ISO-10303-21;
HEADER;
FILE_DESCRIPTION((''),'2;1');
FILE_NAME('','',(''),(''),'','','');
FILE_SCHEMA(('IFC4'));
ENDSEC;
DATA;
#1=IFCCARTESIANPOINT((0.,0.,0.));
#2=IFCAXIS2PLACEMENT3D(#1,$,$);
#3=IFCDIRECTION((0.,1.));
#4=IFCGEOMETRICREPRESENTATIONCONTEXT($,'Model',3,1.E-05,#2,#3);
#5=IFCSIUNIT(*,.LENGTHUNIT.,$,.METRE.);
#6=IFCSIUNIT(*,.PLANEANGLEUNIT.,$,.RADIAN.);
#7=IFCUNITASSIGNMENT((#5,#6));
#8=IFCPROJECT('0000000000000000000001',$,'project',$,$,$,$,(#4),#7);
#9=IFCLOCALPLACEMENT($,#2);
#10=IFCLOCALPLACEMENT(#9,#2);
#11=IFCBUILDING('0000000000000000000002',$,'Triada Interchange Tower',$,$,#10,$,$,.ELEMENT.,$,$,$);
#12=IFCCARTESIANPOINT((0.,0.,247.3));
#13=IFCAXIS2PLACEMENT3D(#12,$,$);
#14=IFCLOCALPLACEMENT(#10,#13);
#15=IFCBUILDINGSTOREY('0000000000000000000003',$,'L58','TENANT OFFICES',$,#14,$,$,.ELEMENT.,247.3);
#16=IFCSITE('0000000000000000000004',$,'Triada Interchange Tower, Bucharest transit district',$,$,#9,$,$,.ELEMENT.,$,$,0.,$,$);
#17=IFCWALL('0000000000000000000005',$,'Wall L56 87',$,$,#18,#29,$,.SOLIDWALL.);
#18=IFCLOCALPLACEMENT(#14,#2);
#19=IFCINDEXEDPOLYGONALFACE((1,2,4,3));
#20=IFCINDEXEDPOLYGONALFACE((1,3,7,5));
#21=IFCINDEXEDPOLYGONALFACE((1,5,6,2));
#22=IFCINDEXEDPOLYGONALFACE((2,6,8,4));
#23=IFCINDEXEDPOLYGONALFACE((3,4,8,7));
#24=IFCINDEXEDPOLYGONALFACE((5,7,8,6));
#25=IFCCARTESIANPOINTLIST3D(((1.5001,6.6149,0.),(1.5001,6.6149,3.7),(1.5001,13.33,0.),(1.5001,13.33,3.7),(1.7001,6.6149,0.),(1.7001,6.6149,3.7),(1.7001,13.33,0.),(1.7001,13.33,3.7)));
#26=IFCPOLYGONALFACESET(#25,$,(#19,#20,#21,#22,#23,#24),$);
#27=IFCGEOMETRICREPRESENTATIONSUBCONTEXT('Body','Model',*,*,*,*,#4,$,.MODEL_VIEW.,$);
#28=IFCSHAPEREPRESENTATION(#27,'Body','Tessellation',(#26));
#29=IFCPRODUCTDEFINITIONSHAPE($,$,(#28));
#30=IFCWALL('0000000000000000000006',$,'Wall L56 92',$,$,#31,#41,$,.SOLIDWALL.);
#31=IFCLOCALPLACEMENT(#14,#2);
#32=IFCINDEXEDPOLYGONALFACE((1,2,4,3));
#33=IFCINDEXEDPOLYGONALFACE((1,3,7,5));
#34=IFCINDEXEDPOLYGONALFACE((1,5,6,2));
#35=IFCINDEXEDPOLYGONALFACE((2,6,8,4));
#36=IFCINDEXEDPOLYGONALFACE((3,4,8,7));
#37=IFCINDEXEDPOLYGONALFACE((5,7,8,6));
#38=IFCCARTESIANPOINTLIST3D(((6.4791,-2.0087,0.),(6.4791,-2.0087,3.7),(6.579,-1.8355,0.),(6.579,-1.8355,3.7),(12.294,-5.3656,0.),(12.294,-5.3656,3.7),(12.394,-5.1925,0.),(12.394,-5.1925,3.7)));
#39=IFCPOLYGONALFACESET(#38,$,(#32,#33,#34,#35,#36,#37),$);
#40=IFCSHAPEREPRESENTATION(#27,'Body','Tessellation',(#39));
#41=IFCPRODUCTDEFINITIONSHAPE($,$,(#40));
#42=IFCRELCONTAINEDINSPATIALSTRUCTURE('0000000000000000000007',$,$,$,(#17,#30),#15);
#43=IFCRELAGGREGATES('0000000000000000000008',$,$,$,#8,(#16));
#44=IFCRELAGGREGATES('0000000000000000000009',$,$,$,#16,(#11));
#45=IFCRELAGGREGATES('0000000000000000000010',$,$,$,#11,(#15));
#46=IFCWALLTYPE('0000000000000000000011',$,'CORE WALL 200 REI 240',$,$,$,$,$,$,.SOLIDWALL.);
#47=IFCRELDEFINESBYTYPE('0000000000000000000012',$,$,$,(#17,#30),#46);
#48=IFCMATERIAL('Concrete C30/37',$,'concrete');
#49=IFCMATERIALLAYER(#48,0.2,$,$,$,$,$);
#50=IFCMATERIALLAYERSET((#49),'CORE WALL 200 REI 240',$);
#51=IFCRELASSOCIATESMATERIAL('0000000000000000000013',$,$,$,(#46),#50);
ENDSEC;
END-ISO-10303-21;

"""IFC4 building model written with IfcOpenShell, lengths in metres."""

from ifc_helpers import new_model, si_unit, direction, frame, frame_2d, origin, place, context, subcontext, project, spatial, rectangle, extrude, material, layer, layer_set, type_object, element, save


model = new_model("IFC4")

# Units and contexts
model_context = context("Model", 3, precision=1e-05, world=origin(), true_north=direction((0.0, 1.0)))
body_context = subcontext(model_context, "Body", "Model", "MODEL_VIEW")
ifc_project = project(units=[si_unit("LENGTHUNIT", "METRE"), si_unit("PLANEANGLEUNIT", "RADIAN")], contexts=[model_context])

# Site, building, storey
site_placement = place(None, origin())
site = spatial("IfcSite", under=ifc_project, at=site_placement, Name="Triada Interchange Tower, Bucharest transit district", CompositionType="ELEMENT", RefElevation=0.0)
building_placement = place(site_placement, origin())
building = spatial("IfcBuilding", under=site, at=building_placement, Name="Triada Interchange Tower", CompositionType="ELEMENT")
storey_placement = place(building_placement, frame((0.0, 0.0, 247.3)))
storey = spatial("IfcBuildingStorey", under=building, at=storey_placement, Name="L58", Description="TENANT OFFICES", CompositionType="ELEMENT", Elevation=247.3)

# Shared definitions
ifc_material_1 = material(Name="Concrete C30/37", Category="concrete")

# Walls
ifc_layer_1 = layer(ifc_material_1, 0.2)
ifc_layer_set_1 = layer_set([ifc_layer_1], Name="CORE WALL 200 REI 240")
wall_type_1 = type_object("IfcWallType", Name="CORE WALL 200 REI 240", PredefinedType="SOLIDWALL", material=ifc_layer_set_1)
wall_1_placement = place(storey_placement, frame((1.6001, 6.615, 0.0), z_axis=(0.0, 0.0, 1.0), x_axis=(0.0, 1.0, 0.0)))
element("IfcWall", 1, at=wall_1_placement, inside=storey, type_object=wall_type_1, Name="Wall L56 87", PredefinedType="SOLIDWALL", context=body_context, shape_type="SweptSolid", body=[
    extrude(rectangle(XDim=6.7151, YDim=0.2, at=frame_2d((3.3574, 0.0))), origin(), (0.0, 0.0, 1.0), 3.7),
])
wall_2_placement = place(storey_placement, frame((6.5291, -1.9221, 0.0), z_axis=(0.0, 0.0, 1.0), x_axis=(0.866046, -0.499964, 0.0)))
element("IfcWall", 2, at=wall_2_placement, inside=storey, type_object=wall_type_1, Name="Wall L56 92", PredefinedType="SOLIDWALL", context=body_context, shape_type="SweptSolid", body=[
    extrude(rectangle(XDim=6.7144, YDim=0.2, at=frame_2d((3.3572, 0.0))), origin(), (0.0, 0.0, 1.0), 3.7),
])

save(model, "model.ifc")
